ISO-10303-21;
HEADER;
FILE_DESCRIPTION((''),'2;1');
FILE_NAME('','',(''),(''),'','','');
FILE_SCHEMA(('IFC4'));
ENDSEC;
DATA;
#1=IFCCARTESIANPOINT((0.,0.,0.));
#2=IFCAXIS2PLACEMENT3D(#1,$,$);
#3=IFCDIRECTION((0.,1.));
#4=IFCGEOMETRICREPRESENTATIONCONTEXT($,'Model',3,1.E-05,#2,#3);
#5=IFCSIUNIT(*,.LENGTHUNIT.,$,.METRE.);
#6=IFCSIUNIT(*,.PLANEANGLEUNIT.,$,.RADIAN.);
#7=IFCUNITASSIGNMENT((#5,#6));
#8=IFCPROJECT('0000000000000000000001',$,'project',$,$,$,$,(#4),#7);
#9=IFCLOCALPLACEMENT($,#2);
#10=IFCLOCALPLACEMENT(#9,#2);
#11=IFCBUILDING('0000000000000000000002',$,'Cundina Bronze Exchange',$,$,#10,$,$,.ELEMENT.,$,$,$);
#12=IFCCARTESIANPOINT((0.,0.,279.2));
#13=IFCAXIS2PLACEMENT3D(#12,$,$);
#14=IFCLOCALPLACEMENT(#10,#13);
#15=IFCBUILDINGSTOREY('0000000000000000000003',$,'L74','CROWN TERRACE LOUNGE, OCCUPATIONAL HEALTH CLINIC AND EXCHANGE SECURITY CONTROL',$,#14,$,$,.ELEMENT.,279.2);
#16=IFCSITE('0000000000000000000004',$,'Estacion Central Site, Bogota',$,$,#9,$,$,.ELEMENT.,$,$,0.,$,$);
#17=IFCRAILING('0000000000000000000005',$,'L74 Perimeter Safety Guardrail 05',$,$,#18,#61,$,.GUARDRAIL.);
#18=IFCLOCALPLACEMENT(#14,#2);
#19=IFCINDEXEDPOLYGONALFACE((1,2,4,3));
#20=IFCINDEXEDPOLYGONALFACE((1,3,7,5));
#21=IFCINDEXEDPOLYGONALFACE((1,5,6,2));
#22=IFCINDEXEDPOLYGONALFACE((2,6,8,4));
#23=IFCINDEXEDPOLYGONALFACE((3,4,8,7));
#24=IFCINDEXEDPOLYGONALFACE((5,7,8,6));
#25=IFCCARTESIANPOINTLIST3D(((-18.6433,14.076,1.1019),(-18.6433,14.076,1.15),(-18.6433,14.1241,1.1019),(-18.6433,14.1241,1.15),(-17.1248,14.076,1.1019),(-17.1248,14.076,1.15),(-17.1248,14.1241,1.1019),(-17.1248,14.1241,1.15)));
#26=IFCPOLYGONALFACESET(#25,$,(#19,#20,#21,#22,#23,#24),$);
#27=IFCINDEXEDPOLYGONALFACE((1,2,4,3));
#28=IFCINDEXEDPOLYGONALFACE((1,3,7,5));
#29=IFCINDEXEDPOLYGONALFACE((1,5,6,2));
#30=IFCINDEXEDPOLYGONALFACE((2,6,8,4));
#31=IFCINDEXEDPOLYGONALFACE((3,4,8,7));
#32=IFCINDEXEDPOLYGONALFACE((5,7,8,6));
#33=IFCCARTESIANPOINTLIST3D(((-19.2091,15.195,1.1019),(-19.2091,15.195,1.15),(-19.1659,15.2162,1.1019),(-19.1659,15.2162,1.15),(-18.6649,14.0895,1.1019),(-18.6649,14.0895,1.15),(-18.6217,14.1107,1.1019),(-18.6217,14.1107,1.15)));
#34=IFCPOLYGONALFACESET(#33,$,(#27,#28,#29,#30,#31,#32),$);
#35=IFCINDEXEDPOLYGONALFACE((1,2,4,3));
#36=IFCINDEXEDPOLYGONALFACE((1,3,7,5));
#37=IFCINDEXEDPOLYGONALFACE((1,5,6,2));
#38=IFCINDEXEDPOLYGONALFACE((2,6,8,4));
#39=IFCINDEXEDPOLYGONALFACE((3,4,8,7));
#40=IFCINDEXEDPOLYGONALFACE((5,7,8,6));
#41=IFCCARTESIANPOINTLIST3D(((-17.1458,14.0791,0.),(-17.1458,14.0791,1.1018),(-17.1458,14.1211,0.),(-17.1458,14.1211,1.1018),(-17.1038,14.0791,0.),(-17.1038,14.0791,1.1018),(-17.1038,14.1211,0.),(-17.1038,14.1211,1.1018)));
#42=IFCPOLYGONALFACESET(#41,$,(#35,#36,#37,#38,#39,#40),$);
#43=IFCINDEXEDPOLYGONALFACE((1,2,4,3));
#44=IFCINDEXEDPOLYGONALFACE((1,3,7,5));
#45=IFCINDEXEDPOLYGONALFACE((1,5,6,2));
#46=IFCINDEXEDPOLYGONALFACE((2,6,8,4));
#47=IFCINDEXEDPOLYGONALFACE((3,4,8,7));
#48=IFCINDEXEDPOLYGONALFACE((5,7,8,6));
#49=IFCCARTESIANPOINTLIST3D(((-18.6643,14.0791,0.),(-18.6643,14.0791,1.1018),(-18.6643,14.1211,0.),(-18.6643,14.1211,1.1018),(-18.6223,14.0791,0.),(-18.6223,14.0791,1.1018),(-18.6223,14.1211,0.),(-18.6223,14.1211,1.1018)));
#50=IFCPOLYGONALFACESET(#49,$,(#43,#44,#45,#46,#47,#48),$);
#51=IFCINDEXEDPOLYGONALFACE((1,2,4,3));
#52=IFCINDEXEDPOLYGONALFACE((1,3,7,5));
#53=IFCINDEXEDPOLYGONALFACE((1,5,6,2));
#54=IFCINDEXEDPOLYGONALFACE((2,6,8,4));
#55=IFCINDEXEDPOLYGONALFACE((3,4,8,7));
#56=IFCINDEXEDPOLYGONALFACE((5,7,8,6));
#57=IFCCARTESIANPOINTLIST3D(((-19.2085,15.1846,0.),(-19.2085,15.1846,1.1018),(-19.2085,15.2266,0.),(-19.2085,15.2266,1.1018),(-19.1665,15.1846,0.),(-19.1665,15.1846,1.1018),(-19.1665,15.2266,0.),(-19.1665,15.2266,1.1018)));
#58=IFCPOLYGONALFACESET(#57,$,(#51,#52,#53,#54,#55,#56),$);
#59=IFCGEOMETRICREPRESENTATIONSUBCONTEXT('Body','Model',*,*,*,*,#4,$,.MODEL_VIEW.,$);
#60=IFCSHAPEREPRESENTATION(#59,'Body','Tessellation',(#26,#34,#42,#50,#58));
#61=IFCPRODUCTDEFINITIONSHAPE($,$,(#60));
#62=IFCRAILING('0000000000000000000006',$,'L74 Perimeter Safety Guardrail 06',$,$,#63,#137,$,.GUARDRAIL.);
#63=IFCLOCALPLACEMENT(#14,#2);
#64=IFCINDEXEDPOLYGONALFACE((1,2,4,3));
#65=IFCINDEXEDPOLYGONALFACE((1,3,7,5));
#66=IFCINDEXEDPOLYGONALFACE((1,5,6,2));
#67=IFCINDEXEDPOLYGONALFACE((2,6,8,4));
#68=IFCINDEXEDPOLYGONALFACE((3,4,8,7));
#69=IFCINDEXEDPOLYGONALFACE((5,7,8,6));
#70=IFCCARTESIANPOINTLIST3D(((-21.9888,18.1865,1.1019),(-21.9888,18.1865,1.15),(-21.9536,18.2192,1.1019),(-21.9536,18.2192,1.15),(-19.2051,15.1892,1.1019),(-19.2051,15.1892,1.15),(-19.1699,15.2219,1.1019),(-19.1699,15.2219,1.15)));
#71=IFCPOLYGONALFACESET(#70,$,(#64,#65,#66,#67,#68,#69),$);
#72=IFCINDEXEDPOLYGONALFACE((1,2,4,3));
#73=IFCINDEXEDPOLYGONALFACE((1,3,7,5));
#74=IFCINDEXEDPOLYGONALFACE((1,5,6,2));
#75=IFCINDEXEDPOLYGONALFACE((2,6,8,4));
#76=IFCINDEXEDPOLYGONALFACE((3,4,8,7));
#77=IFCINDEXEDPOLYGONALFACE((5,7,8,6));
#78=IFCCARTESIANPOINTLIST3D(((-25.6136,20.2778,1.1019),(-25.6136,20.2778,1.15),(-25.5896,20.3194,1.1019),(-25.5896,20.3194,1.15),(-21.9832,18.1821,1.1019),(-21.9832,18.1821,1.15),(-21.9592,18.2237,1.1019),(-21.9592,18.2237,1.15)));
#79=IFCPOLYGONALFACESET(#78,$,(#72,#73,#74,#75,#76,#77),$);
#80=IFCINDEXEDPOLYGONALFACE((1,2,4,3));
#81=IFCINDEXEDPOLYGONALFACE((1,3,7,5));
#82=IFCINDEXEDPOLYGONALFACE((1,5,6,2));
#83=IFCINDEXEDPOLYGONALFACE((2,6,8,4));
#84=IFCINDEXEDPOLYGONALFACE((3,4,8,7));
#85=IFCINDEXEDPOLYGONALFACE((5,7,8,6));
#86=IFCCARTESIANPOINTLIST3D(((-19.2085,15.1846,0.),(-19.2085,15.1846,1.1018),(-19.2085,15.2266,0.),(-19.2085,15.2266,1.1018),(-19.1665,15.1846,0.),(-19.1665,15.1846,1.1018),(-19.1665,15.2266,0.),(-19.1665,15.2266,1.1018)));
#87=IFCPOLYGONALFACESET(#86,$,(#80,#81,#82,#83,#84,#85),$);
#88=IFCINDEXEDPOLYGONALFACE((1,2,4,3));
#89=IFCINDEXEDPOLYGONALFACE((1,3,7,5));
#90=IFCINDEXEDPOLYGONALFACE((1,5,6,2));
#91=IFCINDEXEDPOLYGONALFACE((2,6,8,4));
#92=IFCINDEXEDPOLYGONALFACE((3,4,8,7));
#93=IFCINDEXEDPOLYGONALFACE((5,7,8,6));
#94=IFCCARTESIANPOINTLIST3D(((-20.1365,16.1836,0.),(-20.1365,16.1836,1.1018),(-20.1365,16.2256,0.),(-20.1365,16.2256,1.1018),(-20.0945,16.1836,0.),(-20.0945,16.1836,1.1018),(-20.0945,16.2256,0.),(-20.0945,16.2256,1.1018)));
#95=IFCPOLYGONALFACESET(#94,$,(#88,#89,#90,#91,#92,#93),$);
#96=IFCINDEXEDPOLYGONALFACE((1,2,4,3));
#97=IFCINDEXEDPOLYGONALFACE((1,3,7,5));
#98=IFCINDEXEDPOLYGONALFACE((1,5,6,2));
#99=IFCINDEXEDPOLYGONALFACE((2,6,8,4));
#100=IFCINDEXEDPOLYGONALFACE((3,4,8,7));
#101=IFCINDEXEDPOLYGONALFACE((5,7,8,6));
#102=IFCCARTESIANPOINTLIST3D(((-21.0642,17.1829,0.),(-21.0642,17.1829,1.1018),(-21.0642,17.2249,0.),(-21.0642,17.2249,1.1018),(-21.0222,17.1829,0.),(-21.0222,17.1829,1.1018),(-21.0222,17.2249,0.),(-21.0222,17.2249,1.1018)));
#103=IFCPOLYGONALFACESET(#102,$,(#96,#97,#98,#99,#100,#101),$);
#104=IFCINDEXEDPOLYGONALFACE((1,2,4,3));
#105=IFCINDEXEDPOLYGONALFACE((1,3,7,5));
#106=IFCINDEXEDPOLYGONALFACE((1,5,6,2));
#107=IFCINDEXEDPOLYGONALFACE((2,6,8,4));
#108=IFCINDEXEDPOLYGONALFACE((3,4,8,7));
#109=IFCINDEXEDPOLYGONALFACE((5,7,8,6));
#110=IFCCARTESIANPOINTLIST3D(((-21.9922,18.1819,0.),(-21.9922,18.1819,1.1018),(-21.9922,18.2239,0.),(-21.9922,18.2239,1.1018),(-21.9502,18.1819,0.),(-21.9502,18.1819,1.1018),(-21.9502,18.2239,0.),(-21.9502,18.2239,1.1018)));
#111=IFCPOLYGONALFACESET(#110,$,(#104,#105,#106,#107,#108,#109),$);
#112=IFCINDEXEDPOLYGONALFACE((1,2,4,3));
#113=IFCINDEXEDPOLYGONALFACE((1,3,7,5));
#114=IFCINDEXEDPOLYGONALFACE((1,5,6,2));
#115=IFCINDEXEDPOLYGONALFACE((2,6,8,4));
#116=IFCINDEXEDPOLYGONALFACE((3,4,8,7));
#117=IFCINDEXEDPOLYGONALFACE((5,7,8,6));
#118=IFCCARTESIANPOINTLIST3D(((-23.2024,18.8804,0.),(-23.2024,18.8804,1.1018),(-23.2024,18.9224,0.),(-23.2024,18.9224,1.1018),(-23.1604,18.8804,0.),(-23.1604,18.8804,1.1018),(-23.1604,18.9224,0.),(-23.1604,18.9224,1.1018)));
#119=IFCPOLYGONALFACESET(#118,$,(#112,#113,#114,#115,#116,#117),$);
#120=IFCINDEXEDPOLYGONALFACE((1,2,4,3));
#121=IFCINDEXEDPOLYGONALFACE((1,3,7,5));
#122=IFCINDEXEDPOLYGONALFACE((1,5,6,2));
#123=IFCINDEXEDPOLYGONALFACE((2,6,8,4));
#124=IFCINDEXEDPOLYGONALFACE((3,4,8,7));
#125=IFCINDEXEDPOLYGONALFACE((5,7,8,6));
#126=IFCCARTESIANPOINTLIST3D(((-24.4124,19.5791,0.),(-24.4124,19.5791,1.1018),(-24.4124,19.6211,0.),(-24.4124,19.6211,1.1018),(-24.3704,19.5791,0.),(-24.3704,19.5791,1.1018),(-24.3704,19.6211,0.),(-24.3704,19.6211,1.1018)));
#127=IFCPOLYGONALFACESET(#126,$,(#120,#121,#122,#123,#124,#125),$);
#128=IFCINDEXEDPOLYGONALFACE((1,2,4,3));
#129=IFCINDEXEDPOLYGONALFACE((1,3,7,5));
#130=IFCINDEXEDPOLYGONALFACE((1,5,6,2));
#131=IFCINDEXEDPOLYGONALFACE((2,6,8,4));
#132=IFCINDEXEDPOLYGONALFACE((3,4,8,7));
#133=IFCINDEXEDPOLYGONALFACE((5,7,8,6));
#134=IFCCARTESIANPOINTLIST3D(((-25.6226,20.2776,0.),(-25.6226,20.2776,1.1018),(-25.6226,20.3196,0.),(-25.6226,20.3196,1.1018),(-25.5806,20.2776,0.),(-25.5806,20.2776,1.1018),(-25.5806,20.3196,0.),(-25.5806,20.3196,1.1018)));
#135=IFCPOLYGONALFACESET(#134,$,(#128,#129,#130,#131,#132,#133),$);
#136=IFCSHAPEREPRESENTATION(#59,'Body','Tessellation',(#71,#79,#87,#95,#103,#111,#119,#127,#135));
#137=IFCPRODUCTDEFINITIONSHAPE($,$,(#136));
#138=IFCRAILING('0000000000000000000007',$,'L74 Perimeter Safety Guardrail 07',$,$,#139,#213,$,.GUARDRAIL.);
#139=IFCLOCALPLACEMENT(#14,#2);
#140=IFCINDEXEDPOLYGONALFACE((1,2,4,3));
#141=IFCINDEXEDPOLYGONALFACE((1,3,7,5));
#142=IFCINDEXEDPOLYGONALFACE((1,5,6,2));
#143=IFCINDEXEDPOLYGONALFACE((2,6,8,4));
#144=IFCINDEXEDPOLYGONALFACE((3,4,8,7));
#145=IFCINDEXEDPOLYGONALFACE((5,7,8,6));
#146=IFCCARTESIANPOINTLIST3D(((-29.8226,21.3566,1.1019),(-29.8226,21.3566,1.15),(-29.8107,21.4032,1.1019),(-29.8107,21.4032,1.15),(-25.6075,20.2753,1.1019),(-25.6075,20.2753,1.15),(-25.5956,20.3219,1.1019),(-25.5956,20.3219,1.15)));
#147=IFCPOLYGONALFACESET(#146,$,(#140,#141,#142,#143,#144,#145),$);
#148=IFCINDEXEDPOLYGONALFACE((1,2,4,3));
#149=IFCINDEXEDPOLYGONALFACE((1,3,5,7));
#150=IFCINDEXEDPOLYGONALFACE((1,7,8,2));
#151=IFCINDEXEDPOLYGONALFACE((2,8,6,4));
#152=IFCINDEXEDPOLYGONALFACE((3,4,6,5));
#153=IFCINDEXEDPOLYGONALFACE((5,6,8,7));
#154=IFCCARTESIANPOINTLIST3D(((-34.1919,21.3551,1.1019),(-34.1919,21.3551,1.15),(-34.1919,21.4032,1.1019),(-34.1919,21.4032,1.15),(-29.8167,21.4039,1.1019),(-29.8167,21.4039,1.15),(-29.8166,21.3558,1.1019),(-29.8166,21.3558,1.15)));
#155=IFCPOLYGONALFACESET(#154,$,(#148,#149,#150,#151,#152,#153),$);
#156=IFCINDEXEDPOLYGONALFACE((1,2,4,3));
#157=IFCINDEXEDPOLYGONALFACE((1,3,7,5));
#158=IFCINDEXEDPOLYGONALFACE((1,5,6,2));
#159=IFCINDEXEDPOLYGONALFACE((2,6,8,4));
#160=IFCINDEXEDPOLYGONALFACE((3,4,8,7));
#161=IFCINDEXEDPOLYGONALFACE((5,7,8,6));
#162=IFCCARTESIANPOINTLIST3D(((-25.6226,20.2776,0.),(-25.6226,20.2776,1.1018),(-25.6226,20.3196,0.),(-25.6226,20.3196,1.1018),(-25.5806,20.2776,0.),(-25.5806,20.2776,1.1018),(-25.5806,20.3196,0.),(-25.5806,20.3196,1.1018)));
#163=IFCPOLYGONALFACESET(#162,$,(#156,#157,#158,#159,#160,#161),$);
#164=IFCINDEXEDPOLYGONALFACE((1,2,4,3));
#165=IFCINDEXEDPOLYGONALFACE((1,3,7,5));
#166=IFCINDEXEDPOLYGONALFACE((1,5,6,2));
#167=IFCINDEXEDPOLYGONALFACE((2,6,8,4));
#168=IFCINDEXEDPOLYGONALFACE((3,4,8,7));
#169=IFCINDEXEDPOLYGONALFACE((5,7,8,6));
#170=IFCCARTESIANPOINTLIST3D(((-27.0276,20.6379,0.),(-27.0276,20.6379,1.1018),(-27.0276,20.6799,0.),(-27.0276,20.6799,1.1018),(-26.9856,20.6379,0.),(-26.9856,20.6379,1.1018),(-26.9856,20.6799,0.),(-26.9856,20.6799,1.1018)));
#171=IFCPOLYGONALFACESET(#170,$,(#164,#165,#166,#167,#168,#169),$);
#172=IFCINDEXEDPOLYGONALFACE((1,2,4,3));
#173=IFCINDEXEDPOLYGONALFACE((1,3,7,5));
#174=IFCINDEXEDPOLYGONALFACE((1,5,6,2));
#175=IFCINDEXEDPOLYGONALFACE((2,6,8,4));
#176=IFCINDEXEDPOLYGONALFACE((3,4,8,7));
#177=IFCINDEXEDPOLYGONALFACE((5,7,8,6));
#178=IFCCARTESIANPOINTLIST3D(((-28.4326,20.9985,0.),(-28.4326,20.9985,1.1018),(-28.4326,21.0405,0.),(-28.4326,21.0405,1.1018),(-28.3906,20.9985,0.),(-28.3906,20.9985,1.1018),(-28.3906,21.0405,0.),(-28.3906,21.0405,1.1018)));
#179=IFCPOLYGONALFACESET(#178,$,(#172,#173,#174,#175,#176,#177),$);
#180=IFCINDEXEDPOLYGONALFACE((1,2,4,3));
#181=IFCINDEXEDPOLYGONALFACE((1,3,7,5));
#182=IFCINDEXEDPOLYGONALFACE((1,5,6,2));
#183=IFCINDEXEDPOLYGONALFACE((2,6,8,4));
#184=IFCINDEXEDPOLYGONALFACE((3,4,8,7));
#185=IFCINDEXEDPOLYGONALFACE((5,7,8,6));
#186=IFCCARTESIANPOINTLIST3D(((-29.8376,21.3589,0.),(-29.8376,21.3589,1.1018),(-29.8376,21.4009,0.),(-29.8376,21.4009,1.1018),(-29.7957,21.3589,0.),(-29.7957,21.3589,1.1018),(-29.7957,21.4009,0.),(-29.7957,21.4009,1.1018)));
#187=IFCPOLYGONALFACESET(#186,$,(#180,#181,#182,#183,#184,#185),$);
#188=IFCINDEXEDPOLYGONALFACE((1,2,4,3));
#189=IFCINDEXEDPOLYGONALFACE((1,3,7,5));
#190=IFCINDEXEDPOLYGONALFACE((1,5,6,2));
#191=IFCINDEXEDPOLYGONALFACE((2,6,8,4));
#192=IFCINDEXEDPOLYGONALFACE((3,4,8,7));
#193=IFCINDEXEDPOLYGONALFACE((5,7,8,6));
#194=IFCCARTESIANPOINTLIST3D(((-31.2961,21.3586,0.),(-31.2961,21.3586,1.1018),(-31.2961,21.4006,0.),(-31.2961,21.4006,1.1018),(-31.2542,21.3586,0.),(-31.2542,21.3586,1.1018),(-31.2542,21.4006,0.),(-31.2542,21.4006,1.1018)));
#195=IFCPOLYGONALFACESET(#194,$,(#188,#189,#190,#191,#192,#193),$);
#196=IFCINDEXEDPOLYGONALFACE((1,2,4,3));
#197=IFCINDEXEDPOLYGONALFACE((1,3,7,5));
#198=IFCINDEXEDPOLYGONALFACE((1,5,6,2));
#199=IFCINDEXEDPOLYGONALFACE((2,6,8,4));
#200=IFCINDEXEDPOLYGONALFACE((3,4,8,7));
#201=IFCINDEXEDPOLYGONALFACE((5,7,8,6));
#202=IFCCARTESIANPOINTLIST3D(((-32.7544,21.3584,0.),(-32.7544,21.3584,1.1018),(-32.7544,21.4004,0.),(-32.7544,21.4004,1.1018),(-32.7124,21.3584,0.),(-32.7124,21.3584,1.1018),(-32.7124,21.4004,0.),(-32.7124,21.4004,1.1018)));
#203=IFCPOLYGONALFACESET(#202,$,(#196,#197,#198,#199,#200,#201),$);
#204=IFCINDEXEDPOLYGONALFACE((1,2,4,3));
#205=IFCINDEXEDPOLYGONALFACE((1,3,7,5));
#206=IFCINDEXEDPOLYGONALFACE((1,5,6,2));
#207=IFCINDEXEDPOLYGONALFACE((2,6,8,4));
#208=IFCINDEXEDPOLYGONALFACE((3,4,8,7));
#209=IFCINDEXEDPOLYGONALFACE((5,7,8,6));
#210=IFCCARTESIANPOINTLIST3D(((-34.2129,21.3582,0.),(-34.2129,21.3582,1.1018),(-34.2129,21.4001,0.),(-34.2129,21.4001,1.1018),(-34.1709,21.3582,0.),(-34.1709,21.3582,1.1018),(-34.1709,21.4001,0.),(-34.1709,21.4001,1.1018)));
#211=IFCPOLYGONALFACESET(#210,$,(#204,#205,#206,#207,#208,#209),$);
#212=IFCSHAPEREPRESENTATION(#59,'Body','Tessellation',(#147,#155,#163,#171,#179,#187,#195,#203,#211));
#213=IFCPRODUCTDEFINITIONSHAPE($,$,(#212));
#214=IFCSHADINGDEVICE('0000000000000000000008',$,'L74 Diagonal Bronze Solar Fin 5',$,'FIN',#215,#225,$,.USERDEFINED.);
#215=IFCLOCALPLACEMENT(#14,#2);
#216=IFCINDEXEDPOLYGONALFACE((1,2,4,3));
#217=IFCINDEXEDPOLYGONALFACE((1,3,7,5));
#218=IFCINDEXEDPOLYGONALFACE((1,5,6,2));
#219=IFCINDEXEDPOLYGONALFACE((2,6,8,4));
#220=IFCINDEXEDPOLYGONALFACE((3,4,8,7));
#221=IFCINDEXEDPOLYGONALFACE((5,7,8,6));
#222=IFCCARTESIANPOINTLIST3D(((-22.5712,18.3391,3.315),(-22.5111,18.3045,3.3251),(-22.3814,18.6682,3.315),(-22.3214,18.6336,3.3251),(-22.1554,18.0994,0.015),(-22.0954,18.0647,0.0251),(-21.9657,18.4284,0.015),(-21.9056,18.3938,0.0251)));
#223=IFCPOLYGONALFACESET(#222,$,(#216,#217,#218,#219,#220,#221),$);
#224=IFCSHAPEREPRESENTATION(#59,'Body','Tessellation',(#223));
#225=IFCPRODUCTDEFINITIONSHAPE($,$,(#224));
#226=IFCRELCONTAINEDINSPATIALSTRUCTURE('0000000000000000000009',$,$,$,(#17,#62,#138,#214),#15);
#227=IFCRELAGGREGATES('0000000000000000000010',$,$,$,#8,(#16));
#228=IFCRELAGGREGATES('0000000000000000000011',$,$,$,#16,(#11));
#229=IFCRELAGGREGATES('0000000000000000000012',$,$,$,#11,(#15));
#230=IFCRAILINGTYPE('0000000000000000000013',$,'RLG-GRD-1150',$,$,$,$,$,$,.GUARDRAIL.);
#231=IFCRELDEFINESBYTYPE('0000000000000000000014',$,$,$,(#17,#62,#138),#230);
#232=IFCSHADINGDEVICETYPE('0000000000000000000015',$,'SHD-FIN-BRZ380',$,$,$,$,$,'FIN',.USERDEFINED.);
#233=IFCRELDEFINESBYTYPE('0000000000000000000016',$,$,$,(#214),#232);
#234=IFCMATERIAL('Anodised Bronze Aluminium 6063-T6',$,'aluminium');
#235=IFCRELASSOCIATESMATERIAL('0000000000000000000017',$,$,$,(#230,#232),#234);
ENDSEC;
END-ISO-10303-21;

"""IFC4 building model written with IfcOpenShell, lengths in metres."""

from ifc_helpers import new_model, si_unit, direction, frame, origin, origin_2d, place, context, subcontext, project, spatial, rectangle, extrude, material, material_profile, profile_set, type_object, element, save


model = new_model("IFC4")

# Units and contexts
model_context = context("Model", 3, precision=1e-05, world=origin(), true_north=direction((0.0, 1.0)))
body_context = subcontext(model_context, "Body", "Model", "MODEL_VIEW")
ifc_project = project(units=[si_unit("LENGTHUNIT", "METRE"), si_unit("PLANEANGLEUNIT", "RADIAN")], contexts=[model_context])

# Site, building, storey
site_placement = place(None, origin())
site = spatial("IfcSite", under=ifc_project, at=site_placement, Name="Estacion Central Site, Bogota", CompositionType="ELEMENT", RefElevation=0.0)
building_placement = place(site_placement, origin())
building = spatial("IfcBuilding", under=site, at=building_placement, Name="Cundina Bronze Exchange", CompositionType="ELEMENT")
storey_placement = place(building_placement, frame((0.0, 0.0, 279.2)))
storey = spatial("IfcBuildingStorey", under=building, at=storey_placement, Name="L74", Description="CROWN TERRACE LOUNGE, OCCUPATIONAL HEALTH CLINIC AND EXCHANGE SECURITY CONTROL", CompositionType="ELEMENT", Elevation=279.2)

# Shared definitions
ifc_material_1 = material(Name="Anodised Bronze Aluminium 6063-T6", Category="aluminium")

# Railings
railing_type = type_object("IfcRailingType", Name="RLG-GRD-1150", PredefinedType="GUARDRAIL", material=ifc_material_1)
railing_1_placement = place(storey_placement, frame((-17.1248, 14.1001, 0.0)))
element("IfcRailing", 1, at=railing_1_placement, inside=storey, type_object=railing_type, Name="L74 Perimeter Safety Guardrail 05", PredefinedType="GUARDRAIL", context=body_context, shape_type="SweptSolid", body=[
    extrude(rectangle(XDim=0.0481, YDim=0.0481, at=origin_2d()), frame((0.0, 0.0, 1.126), z_axis=(-1.0, 0.0, 0.0), x_axis=(0.0, -1.0, 0.0)), (0.0, 0.0, 1.0), 1.5186),
    extrude(rectangle(XDim=0.0481, YDim=0.0481, at=origin_2d()), frame((-1.5186, 0.0, 1.126), z_axis=(-0.441657, 0.897184, 0.0), x_axis=(-0.897184, -0.441657, 0.0)), (0.0, 0.0, 1.0), 1.2322),
    extrude(rectangle(XDim=0.042, YDim=0.042, at=origin_2d()), origin(), (0.0, 0.0, 1.0), 1.1018),
    extrude(rectangle(XDim=0.042, YDim=0.042, at=origin_2d()), frame((-1.5186, 0.0, 0.0)), (0.0, 0.0, 1.0), 1.1018),
    extrude(rectangle(XDim=0.042, YDim=0.042, at=origin_2d()), frame((-2.0627, 1.1055, 0.0)), (0.0, 0.0, 1.0), 1.1018),
])
railing_2_placement = place(storey_placement, frame((-19.1875, 15.2056, 0.0)))
element("IfcRailing", 2, at=railing_2_placement, inside=storey, type_object=railing_type, Name="L74 Perimeter Safety Guardrail 06", PredefinedType="GUARDRAIL", context=body_context, shape_type="SweptSolid", body=[
    extrude(rectangle(XDim=0.0481, YDim=0.0481, at=origin_2d()), frame((0.0, 0.0, 1.126), z_axis=(-0.680513, 0.732736, 0.0), x_axis=(-0.732736, -0.680513, 0.0)), (0.0, 0.0, 1.0), 4.0906),
    extrude(rectangle(XDim=0.0481, YDim=0.0481, at=origin_2d()), frame((-2.7837, 2.9973, 1.126), z_axis=(-0.866056, 0.499948, 0.0), x_axis=(-0.499948, -0.866056, 0.0)), (0.0, 0.0, 1.0), 4.1919),
    extrude(rectangle(XDim=0.042, YDim=0.042, at=origin_2d()), origin(), (0.0, 0.0, 1.0), 1.1018),
    extrude(rectangle(XDim=0.042, YDim=0.042, at=origin_2d()), frame((-0.928, 0.999, 0.0)), (0.0, 0.0, 1.0), 1.1018),
    extrude(rectangle(XDim=0.042, YDim=0.042, at=origin_2d()), frame((-1.8557, 1.9983, 0.0)), (0.0, 0.0, 1.0), 1.1018),
    extrude(rectangle(XDim=0.042, YDim=0.042, at=origin_2d()), frame((-2.7837, 2.9973, 0.0)), (0.0, 0.0, 1.0), 1.1018),
    extrude(rectangle(XDim=0.042, YDim=0.042, at=origin_2d()), frame((-3.9939, 3.6958, 0.0)), (0.0, 0.0, 1.0), 1.1018),
    extrude(rectangle(XDim=0.042, YDim=0.042, at=origin_2d()), frame((-5.2039, 4.3945, 0.0)), (0.0, 0.0, 1.0), 1.1018),
    extrude(rectangle(XDim=0.042, YDim=0.042, at=origin_2d()), frame((-6.4141, 5.093, 0.0)), (0.0, 0.0, 1.0), 1.1018),
])
railing_3_placement = place(storey_placement, frame((-25.6016, 20.2986, 0.0)))
element("IfcRailing", 3, at=railing_3_placement, inside=storey, type_object=railing_type, Name="L74 Perimeter Safety Guardrail 07", PredefinedType="GUARDRAIL", context=body_context, shape_type="SweptSolid", body=[
    extrude(rectangle(XDim=0.0481, YDim=0.0481, at=origin_2d()), frame((0.0, 0.0, 1.126), z_axis=(-0.968636, 0.248485, 0.0), x_axis=(-0.248485, -0.968636, 0.0)), (0.0, 0.0, 1.0), 4.3516),
    extrude(rectangle(XDim=0.0481, YDim=0.0481, at=origin_2d()), frame((-4.2151, 1.0813, 1.126), z_axis=(-1.0, -0.000167, 0.0), x_axis=(0.000167, -1.0, 0.0)), (0.0, 0.0, 1.0), 4.3752),
    extrude(rectangle(XDim=0.042, YDim=0.042, at=origin_2d()), origin(), (0.0, 0.0, 1.0), 1.1018),
    extrude(rectangle(XDim=0.042, YDim=0.042, at=origin_2d()), frame((-1.405, 0.3604, 0.0)), (0.0, 0.0, 1.0), 1.1018),
    extrude(rectangle(XDim=0.042, YDim=0.042, at=origin_2d()), frame((-2.8101, 0.7209, 0.0)), (0.0, 0.0, 1.0), 1.1018),
    extrude(rectangle(XDim=0.042, YDim=0.042, at=origin_2d()), frame((-4.2151, 1.0813, 0.0)), (0.0, 0.0, 1.0), 1.1018),
    extrude(rectangle(XDim=0.042, YDim=0.042, at=origin_2d()), frame((-5.6736, 1.0811, 0.0)), (0.0, 0.0, 1.0), 1.1018),
    extrude(rectangle(XDim=0.042, YDim=0.042, at=origin_2d()), frame((-7.1318, 1.0808, 0.0)), (0.0, 0.0, 1.0), 1.1018),
    extrude(rectangle(XDim=0.042, YDim=0.042, at=origin_2d()), frame((-8.5903, 1.0806, 0.0)), (0.0, 0.0, 1.0), 1.1018),
])

# Shading device
ifc_material_profile_1 = material_profile(ifc_material_1, rectangle(XDim=0.0701, YDim=0.3799, at=origin_2d()), Name="FIN70X380", Category="aluminium")
ifc_profile_set_1 = profile_set([ifc_material_profile_1], Name="Anodised Bronze Aluminium 6063-T6")
shading_device_type = type_object("IfcShadingDeviceType", Name="SHD-FIN-BRZ380", ElementType="FIN", PredefinedType="USERDEFINED", material=ifc_profile_set_1)
shading_device_placement = place(storey_placement, frame((-22.0305, 18.2466, 0.02), z_axis=(-0.124678, 0.071893, 0.989589), x_axis=(0.857277, -0.494331, 0.143921)))
element("IfcShadingDevice", 4, at=shading_device_placement, inside=storey, type_object=shading_device_type, Name="L74 Diagonal Bronze Solar Fin 5", ObjectType="FIN", PredefinedType="USERDEFINED", context=body_context, shape_type="SweptSolid", body=[
    extrude(rectangle(XDim=0.0701, YDim=0.3799, at=origin_2d()), origin(), (0.0, 0.0, 1.0), 3.3347),
])

save(model, "model.ifc")
